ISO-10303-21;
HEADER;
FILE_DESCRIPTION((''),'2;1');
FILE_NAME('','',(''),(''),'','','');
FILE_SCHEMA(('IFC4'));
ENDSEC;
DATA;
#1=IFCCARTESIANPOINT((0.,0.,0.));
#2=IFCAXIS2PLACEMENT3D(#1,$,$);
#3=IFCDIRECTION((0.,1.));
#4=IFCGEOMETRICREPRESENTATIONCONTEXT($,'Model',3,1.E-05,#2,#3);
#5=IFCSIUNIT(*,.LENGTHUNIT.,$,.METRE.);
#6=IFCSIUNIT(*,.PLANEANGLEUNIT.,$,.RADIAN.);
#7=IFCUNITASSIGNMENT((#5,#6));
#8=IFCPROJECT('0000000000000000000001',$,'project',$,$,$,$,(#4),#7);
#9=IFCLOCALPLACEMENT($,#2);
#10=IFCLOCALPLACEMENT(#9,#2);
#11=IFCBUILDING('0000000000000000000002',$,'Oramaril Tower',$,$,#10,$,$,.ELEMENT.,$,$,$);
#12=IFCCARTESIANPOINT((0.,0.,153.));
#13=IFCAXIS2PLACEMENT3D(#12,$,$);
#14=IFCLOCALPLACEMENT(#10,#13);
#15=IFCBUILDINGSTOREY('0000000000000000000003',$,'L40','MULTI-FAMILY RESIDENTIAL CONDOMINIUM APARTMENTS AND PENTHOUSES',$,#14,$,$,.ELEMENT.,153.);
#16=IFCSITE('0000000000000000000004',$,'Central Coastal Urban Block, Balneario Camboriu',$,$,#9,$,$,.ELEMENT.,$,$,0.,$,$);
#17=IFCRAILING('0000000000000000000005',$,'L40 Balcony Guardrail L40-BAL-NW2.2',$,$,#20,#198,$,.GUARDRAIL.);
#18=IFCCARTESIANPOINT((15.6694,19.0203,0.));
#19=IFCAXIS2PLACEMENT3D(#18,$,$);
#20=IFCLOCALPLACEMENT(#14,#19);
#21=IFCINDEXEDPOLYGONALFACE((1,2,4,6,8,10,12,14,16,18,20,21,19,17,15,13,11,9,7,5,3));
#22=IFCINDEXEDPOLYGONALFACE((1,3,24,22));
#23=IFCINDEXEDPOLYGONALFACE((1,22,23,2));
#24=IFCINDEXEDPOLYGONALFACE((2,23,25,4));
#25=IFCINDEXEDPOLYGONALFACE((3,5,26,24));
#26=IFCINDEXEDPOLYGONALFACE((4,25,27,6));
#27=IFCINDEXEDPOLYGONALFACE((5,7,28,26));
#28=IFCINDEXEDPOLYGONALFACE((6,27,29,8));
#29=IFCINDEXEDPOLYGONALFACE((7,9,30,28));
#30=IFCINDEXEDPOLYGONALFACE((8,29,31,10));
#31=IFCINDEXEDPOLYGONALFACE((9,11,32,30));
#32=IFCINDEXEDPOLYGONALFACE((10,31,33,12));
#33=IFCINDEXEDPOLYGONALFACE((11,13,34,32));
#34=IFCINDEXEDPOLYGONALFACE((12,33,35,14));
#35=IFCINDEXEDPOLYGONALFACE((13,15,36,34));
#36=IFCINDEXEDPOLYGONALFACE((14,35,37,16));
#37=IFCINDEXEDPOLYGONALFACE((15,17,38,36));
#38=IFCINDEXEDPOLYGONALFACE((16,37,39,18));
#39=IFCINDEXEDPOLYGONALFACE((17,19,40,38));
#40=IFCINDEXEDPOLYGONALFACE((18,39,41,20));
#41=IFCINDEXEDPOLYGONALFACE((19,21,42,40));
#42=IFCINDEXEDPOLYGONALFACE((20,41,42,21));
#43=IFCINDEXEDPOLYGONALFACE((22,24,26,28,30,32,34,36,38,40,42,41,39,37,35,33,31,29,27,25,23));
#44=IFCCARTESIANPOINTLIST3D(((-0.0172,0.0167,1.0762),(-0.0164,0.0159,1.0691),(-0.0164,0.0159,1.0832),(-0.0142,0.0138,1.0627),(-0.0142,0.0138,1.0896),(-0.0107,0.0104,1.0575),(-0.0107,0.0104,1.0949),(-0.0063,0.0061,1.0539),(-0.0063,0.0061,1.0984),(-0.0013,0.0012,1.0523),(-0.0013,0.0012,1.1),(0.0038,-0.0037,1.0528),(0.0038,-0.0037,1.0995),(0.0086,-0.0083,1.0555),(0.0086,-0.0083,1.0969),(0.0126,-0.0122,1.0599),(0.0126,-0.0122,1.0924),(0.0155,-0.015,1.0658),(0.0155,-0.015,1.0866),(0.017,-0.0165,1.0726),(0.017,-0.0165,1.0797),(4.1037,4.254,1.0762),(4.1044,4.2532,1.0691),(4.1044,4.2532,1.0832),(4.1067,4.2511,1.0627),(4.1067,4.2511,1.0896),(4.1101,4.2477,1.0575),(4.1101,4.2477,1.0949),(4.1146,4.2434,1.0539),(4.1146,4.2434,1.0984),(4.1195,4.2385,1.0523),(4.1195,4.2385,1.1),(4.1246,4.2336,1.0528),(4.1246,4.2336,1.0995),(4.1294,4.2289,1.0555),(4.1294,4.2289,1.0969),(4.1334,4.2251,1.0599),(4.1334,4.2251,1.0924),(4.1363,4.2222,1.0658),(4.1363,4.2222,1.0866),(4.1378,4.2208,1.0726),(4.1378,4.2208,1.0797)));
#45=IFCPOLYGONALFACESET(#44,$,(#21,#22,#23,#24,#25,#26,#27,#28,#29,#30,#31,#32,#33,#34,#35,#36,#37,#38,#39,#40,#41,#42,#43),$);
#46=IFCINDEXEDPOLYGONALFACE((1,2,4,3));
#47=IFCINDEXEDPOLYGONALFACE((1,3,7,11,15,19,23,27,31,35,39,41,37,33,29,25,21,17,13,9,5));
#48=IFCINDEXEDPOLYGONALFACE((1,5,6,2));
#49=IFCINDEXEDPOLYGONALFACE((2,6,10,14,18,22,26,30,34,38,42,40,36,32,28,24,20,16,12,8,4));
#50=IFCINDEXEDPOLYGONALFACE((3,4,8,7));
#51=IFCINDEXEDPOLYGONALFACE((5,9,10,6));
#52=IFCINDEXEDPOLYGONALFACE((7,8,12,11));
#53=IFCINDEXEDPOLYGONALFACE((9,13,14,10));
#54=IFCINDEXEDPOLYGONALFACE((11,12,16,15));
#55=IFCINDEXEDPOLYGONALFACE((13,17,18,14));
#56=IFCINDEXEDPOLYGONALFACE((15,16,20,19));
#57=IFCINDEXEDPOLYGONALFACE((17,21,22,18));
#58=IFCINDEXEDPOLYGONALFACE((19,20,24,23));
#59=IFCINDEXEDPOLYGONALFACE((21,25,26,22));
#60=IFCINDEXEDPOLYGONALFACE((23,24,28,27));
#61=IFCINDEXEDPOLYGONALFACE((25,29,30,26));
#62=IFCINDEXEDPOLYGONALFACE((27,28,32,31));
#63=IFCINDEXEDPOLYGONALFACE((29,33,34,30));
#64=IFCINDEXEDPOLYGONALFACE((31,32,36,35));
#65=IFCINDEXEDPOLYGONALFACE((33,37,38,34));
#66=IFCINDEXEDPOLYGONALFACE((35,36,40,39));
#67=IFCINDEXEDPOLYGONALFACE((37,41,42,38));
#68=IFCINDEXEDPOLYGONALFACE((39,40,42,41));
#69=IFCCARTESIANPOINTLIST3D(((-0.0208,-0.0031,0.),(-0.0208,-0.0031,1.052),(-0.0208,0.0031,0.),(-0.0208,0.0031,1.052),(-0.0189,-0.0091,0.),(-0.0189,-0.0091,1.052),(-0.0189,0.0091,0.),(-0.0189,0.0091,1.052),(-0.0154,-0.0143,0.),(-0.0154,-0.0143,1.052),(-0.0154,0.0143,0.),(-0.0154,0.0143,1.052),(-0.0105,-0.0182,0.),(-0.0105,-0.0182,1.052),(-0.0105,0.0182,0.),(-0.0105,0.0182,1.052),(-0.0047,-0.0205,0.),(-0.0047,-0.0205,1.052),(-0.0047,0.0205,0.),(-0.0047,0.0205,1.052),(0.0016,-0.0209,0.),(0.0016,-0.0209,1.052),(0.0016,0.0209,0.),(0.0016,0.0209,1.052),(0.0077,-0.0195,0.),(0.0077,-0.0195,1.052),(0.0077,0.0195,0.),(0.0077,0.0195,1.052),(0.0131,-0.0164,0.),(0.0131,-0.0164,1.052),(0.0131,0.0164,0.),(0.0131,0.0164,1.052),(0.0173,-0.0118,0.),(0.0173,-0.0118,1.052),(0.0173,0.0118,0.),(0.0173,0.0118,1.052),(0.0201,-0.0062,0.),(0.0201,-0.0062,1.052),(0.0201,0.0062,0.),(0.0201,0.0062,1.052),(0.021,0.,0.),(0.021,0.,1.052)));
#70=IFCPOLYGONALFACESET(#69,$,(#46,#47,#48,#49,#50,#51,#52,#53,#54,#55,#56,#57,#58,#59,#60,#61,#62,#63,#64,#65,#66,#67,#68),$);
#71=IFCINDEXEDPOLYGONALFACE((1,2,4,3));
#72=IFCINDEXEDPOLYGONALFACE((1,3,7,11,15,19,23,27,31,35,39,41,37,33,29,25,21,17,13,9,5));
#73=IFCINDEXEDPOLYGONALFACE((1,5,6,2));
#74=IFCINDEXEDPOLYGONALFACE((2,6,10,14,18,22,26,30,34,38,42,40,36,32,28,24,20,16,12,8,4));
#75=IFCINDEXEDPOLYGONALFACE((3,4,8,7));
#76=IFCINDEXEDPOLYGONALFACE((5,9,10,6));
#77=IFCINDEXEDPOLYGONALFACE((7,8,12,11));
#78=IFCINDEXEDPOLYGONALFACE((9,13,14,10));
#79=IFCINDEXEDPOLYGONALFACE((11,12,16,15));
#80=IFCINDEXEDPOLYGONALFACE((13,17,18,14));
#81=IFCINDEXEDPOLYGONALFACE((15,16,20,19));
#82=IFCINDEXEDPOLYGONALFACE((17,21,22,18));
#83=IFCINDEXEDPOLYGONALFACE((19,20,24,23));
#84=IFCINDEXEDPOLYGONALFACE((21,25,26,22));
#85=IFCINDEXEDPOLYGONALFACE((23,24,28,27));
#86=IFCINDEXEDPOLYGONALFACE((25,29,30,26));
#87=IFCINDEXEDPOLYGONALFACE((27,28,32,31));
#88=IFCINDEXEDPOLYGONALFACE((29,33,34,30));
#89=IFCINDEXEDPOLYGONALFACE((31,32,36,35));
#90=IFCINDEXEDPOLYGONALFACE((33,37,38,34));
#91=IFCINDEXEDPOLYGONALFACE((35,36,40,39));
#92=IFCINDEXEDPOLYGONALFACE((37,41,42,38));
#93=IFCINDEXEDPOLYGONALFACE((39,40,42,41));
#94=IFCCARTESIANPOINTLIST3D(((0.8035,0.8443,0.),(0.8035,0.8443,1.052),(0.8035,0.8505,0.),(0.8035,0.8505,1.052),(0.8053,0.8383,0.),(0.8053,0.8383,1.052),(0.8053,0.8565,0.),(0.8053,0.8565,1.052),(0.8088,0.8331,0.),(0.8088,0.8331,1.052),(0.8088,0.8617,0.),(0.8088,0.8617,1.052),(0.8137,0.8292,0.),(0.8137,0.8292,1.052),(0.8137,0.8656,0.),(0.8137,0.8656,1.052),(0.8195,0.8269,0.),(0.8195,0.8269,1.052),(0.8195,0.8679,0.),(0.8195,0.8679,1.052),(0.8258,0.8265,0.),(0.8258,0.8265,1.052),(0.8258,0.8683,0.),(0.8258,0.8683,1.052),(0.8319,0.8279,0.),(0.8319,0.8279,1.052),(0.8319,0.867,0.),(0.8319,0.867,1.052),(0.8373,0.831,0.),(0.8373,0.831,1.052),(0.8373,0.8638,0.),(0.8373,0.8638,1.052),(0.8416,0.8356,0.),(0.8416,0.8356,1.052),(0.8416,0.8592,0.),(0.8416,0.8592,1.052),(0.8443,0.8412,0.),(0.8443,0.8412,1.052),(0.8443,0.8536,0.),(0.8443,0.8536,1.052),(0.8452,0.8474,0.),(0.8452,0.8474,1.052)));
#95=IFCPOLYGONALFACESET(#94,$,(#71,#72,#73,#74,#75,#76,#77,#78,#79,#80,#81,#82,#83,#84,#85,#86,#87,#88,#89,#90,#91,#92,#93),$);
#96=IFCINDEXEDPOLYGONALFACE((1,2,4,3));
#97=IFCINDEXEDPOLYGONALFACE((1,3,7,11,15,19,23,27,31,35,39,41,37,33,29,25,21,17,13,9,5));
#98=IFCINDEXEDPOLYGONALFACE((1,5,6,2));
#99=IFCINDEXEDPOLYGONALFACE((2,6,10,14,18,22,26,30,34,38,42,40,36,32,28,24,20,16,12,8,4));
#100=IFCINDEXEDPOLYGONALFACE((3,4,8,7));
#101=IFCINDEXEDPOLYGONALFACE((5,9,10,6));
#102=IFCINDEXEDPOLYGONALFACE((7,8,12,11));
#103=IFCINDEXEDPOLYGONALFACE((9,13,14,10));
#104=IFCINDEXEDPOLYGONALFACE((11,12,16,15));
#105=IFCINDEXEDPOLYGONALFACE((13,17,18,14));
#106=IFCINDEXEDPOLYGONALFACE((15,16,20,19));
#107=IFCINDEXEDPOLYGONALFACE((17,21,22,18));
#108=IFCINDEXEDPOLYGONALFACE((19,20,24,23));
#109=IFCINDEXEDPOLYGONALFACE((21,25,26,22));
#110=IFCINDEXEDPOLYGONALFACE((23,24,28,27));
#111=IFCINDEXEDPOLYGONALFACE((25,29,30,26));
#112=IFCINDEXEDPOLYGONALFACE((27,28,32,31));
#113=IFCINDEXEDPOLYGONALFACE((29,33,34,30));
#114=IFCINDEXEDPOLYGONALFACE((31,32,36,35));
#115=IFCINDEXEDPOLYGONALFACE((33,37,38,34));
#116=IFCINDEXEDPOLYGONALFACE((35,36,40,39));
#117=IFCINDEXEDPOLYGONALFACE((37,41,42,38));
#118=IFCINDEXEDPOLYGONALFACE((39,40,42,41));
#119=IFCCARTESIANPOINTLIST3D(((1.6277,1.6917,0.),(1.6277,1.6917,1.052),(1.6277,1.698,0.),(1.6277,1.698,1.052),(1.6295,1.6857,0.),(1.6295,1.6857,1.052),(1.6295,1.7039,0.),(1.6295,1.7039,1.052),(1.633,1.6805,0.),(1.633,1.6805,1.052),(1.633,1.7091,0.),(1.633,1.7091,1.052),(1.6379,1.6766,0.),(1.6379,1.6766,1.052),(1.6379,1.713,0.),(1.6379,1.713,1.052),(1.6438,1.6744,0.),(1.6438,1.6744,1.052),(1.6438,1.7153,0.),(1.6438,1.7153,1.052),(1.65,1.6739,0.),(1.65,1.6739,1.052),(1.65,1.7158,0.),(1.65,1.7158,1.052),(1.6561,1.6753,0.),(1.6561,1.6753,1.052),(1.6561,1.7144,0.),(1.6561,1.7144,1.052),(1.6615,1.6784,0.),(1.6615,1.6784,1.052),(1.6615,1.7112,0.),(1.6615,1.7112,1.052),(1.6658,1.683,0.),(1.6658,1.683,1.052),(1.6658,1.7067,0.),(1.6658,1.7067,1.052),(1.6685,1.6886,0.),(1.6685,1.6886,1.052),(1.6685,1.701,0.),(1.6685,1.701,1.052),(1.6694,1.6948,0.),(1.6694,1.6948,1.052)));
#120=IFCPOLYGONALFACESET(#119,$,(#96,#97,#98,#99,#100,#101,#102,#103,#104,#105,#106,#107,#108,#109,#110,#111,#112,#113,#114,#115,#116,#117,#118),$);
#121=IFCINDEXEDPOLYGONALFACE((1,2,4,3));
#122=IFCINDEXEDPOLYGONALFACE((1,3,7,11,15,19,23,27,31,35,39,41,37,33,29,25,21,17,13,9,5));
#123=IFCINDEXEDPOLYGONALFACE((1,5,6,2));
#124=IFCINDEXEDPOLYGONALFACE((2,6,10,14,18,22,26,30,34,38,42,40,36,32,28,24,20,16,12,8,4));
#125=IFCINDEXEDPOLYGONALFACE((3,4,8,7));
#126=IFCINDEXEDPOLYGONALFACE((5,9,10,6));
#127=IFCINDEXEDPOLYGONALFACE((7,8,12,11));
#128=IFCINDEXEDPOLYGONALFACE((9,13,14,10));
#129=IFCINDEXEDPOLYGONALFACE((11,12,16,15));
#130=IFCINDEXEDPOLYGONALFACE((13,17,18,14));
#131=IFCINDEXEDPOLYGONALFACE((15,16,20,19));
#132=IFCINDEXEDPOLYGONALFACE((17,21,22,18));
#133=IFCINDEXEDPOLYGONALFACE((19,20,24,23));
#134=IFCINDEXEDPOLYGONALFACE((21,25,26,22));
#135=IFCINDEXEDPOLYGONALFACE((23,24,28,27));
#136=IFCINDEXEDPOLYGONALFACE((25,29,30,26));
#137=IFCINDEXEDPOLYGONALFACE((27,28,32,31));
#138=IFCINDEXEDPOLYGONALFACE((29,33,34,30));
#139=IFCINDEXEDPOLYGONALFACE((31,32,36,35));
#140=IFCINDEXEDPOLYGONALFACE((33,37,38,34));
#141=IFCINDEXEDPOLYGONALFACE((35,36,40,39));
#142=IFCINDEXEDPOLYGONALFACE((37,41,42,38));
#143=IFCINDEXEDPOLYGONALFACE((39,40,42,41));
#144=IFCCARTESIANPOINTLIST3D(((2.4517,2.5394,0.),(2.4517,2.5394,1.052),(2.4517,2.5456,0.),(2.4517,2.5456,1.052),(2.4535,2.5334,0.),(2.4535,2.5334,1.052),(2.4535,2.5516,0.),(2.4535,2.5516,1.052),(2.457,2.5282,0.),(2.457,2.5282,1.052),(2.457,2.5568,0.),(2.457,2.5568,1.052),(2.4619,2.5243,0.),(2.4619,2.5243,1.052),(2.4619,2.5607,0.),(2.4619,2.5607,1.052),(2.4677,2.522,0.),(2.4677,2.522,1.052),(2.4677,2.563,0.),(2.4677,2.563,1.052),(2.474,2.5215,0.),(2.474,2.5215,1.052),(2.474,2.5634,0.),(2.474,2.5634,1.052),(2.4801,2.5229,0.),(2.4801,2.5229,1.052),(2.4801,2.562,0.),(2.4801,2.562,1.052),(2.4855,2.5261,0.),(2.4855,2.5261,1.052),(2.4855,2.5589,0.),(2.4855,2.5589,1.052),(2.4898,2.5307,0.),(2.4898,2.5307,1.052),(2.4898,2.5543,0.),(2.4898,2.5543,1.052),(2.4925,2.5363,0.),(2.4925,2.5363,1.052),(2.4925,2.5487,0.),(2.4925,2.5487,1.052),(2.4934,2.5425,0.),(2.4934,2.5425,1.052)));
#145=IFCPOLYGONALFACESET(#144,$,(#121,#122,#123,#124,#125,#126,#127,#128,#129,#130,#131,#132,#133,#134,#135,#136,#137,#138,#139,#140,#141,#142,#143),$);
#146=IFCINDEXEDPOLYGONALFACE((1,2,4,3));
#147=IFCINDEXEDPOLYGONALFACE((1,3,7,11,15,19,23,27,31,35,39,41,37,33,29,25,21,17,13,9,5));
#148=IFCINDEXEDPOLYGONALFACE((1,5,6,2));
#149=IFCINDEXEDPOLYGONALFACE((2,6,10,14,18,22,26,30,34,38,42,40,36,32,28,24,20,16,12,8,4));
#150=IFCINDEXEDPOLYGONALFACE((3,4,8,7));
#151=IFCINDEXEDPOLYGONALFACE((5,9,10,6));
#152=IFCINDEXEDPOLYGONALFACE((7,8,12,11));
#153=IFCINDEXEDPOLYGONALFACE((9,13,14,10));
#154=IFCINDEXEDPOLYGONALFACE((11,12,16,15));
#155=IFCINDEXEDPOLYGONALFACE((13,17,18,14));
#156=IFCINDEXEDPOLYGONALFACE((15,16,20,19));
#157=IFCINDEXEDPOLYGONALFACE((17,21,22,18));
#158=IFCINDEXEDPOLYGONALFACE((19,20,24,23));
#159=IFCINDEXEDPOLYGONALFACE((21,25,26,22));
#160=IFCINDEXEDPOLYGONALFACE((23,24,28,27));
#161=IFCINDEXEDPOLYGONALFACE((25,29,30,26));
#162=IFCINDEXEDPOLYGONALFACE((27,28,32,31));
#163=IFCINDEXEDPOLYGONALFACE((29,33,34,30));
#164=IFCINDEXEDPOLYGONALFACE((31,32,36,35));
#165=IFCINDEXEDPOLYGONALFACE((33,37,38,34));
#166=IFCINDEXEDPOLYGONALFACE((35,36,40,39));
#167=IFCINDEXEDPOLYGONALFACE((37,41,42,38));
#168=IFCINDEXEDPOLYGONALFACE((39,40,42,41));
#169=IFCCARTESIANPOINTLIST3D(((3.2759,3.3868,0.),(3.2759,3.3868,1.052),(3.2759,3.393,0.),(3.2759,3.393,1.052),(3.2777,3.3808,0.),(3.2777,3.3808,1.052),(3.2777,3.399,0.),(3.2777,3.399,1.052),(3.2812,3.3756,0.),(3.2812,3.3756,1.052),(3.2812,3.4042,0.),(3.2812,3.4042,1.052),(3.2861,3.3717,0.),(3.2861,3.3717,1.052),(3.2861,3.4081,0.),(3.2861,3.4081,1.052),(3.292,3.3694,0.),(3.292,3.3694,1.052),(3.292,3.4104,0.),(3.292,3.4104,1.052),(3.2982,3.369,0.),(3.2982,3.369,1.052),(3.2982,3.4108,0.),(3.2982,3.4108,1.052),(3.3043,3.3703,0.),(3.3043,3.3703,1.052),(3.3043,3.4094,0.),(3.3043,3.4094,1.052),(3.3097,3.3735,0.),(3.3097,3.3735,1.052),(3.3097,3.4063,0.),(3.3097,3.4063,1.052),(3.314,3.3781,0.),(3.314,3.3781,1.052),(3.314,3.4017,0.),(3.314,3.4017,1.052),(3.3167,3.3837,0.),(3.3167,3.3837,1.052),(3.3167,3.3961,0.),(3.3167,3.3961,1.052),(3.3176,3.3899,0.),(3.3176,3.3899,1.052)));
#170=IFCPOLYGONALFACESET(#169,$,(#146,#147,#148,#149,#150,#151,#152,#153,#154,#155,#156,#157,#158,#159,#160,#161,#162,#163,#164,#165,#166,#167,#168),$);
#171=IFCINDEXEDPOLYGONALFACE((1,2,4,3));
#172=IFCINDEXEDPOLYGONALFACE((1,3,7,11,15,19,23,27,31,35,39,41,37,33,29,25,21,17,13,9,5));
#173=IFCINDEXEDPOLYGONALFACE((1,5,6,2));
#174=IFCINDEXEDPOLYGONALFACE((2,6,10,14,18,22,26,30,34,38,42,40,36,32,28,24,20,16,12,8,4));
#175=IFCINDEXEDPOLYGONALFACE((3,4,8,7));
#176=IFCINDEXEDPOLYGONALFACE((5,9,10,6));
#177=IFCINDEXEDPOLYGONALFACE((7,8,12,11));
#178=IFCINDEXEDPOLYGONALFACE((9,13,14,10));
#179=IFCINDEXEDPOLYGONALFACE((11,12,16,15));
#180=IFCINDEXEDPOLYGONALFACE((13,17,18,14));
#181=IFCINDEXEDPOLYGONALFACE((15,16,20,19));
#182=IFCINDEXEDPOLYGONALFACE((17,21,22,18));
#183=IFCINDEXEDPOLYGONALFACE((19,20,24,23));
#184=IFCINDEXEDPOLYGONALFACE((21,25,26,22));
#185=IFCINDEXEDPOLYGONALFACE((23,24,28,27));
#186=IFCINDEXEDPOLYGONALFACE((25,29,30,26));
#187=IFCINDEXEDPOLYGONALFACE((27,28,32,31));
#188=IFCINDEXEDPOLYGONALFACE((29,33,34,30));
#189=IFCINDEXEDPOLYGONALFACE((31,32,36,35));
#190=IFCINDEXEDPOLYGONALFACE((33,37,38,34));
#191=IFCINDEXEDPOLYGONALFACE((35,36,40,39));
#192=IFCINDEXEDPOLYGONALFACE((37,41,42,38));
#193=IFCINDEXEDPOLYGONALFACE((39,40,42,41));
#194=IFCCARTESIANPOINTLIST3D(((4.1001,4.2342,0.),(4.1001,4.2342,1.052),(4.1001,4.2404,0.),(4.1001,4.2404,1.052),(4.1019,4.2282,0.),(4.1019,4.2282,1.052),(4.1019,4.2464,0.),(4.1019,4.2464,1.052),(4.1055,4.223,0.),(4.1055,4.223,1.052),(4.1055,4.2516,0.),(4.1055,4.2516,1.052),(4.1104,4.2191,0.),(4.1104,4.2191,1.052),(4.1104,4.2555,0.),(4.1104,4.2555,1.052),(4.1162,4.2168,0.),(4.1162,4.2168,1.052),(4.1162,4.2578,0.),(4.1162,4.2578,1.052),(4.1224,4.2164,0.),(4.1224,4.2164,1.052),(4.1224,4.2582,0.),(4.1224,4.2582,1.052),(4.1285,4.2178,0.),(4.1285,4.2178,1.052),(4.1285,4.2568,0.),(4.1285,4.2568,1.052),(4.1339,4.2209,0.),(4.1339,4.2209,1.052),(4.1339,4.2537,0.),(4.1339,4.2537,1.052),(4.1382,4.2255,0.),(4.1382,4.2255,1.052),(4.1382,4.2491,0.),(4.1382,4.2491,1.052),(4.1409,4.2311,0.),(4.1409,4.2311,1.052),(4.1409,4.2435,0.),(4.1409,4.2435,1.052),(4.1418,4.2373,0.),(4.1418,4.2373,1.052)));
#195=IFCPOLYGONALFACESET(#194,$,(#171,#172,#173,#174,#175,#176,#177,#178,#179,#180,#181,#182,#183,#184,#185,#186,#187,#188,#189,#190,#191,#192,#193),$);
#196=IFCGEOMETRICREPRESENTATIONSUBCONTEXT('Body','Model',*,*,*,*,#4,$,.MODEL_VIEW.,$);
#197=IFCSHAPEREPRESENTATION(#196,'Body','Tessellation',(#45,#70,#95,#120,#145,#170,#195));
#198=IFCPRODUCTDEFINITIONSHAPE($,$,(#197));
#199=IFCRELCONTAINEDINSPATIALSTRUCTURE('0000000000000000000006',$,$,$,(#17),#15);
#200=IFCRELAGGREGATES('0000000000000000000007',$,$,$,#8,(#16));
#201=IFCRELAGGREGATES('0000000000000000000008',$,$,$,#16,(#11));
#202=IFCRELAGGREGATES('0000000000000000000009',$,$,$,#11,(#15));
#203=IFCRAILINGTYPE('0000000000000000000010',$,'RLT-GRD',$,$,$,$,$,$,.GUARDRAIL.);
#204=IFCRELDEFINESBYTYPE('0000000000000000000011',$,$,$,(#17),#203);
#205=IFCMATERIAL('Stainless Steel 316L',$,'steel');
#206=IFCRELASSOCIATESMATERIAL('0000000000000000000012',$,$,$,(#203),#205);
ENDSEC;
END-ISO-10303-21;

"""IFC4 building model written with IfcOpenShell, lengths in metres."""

from ifc_helpers import new_model, si_unit, direction, frame, origin, origin_2d, place, context, subcontext, project, spatial, circle, extrude, material, type_object, element, save


model = new_model("IFC4")

# Units and contexts
model_context = context("Model", 3, precision=1e-05, world=origin(), true_north=direction((0.0, 1.0)))
body_context = subcontext(model_context, "Body", "Model", "MODEL_VIEW")
ifc_project = project(units=[si_unit("LENGTHUNIT", "METRE"), si_unit("PLANEANGLEUNIT", "RADIAN")], contexts=[model_context])

# Site, building, storey
site_placement = place(None, origin())
site = spatial("IfcSite", under=ifc_project, at=site_placement, Name="Central Coastal Urban Block, Balneario Camboriu", CompositionType="ELEMENT", RefElevation=0.0)
building_placement = place(site_placement, origin())
building = spatial("IfcBuilding", under=site, at=building_placement, Name="Oramaril Tower", CompositionType="ELEMENT")
storey_placement = place(building_placement, frame((0.0, 0.0, 153.0)))
storey = spatial("IfcBuildingStorey", under=building, at=storey_placement, Name="L40", Description="MULTI-FAMILY RESIDENTIAL CONDOMINIUM APARTMENTS AND PENTHOUSES", CompositionType="ELEMENT", Elevation=153.0)

# Railing
ifc_material_1 = material(Name="Stainless Steel 316L", Category="steel")
railing_type = type_object("IfcRailingType", Name="RLT-GRD", PredefinedType="GUARDRAIL", material=ifc_material_1)
railing_1_placement = place(storey_placement, frame((15.6694, 19.0203, 0.0)))
element("IfcRailing", 1, at=railing_1_placement, inside=storey, type_object=railing_type, Name="L40 Balcony Guardrail L40-BAL-NW2.2", PredefinedType="GUARDRAIL", context=body_context, shape_type="SweptSolid", body=[
    extrude(circle(Radius=0.0239, at=origin_2d()), frame((0.0, 0.0, 1.0762), z_axis=(0.697187, 0.716889, 0.0), x_axis=(-0.716889, 0.697187, 0.0)), (0.0, 0.0, 1.0), 5.9106),
    extrude(circle(Radius=0.021, at=origin_2d()), origin(), (0.0, 0.0, 1.0), 1.052),
    extrude(circle(Radius=0.021, at=origin_2d()), frame((0.8242, 0.8474, 0.0)), (0.0, 0.0, 1.0), 1.052),
    extrude(circle(Radius=0.021, at=origin_2d()), frame((1.6484, 1.6948, 0.0)), (0.0, 0.0, 1.0), 1.052),
    extrude(circle(Radius=0.021, at=origin_2d()), frame((2.4724, 2.5425, 0.0)), (0.0, 0.0, 1.0), 1.052),
    extrude(circle(Radius=0.021, at=origin_2d()), frame((3.2966, 3.3899, 0.0)), (0.0, 0.0, 1.0), 1.052),
    extrude(circle(Radius=0.021, at=origin_2d()), frame((4.1208, 4.2373, 0.0)), (0.0, 0.0, 1.0), 1.052),
])

save(model, "model.ifc")
